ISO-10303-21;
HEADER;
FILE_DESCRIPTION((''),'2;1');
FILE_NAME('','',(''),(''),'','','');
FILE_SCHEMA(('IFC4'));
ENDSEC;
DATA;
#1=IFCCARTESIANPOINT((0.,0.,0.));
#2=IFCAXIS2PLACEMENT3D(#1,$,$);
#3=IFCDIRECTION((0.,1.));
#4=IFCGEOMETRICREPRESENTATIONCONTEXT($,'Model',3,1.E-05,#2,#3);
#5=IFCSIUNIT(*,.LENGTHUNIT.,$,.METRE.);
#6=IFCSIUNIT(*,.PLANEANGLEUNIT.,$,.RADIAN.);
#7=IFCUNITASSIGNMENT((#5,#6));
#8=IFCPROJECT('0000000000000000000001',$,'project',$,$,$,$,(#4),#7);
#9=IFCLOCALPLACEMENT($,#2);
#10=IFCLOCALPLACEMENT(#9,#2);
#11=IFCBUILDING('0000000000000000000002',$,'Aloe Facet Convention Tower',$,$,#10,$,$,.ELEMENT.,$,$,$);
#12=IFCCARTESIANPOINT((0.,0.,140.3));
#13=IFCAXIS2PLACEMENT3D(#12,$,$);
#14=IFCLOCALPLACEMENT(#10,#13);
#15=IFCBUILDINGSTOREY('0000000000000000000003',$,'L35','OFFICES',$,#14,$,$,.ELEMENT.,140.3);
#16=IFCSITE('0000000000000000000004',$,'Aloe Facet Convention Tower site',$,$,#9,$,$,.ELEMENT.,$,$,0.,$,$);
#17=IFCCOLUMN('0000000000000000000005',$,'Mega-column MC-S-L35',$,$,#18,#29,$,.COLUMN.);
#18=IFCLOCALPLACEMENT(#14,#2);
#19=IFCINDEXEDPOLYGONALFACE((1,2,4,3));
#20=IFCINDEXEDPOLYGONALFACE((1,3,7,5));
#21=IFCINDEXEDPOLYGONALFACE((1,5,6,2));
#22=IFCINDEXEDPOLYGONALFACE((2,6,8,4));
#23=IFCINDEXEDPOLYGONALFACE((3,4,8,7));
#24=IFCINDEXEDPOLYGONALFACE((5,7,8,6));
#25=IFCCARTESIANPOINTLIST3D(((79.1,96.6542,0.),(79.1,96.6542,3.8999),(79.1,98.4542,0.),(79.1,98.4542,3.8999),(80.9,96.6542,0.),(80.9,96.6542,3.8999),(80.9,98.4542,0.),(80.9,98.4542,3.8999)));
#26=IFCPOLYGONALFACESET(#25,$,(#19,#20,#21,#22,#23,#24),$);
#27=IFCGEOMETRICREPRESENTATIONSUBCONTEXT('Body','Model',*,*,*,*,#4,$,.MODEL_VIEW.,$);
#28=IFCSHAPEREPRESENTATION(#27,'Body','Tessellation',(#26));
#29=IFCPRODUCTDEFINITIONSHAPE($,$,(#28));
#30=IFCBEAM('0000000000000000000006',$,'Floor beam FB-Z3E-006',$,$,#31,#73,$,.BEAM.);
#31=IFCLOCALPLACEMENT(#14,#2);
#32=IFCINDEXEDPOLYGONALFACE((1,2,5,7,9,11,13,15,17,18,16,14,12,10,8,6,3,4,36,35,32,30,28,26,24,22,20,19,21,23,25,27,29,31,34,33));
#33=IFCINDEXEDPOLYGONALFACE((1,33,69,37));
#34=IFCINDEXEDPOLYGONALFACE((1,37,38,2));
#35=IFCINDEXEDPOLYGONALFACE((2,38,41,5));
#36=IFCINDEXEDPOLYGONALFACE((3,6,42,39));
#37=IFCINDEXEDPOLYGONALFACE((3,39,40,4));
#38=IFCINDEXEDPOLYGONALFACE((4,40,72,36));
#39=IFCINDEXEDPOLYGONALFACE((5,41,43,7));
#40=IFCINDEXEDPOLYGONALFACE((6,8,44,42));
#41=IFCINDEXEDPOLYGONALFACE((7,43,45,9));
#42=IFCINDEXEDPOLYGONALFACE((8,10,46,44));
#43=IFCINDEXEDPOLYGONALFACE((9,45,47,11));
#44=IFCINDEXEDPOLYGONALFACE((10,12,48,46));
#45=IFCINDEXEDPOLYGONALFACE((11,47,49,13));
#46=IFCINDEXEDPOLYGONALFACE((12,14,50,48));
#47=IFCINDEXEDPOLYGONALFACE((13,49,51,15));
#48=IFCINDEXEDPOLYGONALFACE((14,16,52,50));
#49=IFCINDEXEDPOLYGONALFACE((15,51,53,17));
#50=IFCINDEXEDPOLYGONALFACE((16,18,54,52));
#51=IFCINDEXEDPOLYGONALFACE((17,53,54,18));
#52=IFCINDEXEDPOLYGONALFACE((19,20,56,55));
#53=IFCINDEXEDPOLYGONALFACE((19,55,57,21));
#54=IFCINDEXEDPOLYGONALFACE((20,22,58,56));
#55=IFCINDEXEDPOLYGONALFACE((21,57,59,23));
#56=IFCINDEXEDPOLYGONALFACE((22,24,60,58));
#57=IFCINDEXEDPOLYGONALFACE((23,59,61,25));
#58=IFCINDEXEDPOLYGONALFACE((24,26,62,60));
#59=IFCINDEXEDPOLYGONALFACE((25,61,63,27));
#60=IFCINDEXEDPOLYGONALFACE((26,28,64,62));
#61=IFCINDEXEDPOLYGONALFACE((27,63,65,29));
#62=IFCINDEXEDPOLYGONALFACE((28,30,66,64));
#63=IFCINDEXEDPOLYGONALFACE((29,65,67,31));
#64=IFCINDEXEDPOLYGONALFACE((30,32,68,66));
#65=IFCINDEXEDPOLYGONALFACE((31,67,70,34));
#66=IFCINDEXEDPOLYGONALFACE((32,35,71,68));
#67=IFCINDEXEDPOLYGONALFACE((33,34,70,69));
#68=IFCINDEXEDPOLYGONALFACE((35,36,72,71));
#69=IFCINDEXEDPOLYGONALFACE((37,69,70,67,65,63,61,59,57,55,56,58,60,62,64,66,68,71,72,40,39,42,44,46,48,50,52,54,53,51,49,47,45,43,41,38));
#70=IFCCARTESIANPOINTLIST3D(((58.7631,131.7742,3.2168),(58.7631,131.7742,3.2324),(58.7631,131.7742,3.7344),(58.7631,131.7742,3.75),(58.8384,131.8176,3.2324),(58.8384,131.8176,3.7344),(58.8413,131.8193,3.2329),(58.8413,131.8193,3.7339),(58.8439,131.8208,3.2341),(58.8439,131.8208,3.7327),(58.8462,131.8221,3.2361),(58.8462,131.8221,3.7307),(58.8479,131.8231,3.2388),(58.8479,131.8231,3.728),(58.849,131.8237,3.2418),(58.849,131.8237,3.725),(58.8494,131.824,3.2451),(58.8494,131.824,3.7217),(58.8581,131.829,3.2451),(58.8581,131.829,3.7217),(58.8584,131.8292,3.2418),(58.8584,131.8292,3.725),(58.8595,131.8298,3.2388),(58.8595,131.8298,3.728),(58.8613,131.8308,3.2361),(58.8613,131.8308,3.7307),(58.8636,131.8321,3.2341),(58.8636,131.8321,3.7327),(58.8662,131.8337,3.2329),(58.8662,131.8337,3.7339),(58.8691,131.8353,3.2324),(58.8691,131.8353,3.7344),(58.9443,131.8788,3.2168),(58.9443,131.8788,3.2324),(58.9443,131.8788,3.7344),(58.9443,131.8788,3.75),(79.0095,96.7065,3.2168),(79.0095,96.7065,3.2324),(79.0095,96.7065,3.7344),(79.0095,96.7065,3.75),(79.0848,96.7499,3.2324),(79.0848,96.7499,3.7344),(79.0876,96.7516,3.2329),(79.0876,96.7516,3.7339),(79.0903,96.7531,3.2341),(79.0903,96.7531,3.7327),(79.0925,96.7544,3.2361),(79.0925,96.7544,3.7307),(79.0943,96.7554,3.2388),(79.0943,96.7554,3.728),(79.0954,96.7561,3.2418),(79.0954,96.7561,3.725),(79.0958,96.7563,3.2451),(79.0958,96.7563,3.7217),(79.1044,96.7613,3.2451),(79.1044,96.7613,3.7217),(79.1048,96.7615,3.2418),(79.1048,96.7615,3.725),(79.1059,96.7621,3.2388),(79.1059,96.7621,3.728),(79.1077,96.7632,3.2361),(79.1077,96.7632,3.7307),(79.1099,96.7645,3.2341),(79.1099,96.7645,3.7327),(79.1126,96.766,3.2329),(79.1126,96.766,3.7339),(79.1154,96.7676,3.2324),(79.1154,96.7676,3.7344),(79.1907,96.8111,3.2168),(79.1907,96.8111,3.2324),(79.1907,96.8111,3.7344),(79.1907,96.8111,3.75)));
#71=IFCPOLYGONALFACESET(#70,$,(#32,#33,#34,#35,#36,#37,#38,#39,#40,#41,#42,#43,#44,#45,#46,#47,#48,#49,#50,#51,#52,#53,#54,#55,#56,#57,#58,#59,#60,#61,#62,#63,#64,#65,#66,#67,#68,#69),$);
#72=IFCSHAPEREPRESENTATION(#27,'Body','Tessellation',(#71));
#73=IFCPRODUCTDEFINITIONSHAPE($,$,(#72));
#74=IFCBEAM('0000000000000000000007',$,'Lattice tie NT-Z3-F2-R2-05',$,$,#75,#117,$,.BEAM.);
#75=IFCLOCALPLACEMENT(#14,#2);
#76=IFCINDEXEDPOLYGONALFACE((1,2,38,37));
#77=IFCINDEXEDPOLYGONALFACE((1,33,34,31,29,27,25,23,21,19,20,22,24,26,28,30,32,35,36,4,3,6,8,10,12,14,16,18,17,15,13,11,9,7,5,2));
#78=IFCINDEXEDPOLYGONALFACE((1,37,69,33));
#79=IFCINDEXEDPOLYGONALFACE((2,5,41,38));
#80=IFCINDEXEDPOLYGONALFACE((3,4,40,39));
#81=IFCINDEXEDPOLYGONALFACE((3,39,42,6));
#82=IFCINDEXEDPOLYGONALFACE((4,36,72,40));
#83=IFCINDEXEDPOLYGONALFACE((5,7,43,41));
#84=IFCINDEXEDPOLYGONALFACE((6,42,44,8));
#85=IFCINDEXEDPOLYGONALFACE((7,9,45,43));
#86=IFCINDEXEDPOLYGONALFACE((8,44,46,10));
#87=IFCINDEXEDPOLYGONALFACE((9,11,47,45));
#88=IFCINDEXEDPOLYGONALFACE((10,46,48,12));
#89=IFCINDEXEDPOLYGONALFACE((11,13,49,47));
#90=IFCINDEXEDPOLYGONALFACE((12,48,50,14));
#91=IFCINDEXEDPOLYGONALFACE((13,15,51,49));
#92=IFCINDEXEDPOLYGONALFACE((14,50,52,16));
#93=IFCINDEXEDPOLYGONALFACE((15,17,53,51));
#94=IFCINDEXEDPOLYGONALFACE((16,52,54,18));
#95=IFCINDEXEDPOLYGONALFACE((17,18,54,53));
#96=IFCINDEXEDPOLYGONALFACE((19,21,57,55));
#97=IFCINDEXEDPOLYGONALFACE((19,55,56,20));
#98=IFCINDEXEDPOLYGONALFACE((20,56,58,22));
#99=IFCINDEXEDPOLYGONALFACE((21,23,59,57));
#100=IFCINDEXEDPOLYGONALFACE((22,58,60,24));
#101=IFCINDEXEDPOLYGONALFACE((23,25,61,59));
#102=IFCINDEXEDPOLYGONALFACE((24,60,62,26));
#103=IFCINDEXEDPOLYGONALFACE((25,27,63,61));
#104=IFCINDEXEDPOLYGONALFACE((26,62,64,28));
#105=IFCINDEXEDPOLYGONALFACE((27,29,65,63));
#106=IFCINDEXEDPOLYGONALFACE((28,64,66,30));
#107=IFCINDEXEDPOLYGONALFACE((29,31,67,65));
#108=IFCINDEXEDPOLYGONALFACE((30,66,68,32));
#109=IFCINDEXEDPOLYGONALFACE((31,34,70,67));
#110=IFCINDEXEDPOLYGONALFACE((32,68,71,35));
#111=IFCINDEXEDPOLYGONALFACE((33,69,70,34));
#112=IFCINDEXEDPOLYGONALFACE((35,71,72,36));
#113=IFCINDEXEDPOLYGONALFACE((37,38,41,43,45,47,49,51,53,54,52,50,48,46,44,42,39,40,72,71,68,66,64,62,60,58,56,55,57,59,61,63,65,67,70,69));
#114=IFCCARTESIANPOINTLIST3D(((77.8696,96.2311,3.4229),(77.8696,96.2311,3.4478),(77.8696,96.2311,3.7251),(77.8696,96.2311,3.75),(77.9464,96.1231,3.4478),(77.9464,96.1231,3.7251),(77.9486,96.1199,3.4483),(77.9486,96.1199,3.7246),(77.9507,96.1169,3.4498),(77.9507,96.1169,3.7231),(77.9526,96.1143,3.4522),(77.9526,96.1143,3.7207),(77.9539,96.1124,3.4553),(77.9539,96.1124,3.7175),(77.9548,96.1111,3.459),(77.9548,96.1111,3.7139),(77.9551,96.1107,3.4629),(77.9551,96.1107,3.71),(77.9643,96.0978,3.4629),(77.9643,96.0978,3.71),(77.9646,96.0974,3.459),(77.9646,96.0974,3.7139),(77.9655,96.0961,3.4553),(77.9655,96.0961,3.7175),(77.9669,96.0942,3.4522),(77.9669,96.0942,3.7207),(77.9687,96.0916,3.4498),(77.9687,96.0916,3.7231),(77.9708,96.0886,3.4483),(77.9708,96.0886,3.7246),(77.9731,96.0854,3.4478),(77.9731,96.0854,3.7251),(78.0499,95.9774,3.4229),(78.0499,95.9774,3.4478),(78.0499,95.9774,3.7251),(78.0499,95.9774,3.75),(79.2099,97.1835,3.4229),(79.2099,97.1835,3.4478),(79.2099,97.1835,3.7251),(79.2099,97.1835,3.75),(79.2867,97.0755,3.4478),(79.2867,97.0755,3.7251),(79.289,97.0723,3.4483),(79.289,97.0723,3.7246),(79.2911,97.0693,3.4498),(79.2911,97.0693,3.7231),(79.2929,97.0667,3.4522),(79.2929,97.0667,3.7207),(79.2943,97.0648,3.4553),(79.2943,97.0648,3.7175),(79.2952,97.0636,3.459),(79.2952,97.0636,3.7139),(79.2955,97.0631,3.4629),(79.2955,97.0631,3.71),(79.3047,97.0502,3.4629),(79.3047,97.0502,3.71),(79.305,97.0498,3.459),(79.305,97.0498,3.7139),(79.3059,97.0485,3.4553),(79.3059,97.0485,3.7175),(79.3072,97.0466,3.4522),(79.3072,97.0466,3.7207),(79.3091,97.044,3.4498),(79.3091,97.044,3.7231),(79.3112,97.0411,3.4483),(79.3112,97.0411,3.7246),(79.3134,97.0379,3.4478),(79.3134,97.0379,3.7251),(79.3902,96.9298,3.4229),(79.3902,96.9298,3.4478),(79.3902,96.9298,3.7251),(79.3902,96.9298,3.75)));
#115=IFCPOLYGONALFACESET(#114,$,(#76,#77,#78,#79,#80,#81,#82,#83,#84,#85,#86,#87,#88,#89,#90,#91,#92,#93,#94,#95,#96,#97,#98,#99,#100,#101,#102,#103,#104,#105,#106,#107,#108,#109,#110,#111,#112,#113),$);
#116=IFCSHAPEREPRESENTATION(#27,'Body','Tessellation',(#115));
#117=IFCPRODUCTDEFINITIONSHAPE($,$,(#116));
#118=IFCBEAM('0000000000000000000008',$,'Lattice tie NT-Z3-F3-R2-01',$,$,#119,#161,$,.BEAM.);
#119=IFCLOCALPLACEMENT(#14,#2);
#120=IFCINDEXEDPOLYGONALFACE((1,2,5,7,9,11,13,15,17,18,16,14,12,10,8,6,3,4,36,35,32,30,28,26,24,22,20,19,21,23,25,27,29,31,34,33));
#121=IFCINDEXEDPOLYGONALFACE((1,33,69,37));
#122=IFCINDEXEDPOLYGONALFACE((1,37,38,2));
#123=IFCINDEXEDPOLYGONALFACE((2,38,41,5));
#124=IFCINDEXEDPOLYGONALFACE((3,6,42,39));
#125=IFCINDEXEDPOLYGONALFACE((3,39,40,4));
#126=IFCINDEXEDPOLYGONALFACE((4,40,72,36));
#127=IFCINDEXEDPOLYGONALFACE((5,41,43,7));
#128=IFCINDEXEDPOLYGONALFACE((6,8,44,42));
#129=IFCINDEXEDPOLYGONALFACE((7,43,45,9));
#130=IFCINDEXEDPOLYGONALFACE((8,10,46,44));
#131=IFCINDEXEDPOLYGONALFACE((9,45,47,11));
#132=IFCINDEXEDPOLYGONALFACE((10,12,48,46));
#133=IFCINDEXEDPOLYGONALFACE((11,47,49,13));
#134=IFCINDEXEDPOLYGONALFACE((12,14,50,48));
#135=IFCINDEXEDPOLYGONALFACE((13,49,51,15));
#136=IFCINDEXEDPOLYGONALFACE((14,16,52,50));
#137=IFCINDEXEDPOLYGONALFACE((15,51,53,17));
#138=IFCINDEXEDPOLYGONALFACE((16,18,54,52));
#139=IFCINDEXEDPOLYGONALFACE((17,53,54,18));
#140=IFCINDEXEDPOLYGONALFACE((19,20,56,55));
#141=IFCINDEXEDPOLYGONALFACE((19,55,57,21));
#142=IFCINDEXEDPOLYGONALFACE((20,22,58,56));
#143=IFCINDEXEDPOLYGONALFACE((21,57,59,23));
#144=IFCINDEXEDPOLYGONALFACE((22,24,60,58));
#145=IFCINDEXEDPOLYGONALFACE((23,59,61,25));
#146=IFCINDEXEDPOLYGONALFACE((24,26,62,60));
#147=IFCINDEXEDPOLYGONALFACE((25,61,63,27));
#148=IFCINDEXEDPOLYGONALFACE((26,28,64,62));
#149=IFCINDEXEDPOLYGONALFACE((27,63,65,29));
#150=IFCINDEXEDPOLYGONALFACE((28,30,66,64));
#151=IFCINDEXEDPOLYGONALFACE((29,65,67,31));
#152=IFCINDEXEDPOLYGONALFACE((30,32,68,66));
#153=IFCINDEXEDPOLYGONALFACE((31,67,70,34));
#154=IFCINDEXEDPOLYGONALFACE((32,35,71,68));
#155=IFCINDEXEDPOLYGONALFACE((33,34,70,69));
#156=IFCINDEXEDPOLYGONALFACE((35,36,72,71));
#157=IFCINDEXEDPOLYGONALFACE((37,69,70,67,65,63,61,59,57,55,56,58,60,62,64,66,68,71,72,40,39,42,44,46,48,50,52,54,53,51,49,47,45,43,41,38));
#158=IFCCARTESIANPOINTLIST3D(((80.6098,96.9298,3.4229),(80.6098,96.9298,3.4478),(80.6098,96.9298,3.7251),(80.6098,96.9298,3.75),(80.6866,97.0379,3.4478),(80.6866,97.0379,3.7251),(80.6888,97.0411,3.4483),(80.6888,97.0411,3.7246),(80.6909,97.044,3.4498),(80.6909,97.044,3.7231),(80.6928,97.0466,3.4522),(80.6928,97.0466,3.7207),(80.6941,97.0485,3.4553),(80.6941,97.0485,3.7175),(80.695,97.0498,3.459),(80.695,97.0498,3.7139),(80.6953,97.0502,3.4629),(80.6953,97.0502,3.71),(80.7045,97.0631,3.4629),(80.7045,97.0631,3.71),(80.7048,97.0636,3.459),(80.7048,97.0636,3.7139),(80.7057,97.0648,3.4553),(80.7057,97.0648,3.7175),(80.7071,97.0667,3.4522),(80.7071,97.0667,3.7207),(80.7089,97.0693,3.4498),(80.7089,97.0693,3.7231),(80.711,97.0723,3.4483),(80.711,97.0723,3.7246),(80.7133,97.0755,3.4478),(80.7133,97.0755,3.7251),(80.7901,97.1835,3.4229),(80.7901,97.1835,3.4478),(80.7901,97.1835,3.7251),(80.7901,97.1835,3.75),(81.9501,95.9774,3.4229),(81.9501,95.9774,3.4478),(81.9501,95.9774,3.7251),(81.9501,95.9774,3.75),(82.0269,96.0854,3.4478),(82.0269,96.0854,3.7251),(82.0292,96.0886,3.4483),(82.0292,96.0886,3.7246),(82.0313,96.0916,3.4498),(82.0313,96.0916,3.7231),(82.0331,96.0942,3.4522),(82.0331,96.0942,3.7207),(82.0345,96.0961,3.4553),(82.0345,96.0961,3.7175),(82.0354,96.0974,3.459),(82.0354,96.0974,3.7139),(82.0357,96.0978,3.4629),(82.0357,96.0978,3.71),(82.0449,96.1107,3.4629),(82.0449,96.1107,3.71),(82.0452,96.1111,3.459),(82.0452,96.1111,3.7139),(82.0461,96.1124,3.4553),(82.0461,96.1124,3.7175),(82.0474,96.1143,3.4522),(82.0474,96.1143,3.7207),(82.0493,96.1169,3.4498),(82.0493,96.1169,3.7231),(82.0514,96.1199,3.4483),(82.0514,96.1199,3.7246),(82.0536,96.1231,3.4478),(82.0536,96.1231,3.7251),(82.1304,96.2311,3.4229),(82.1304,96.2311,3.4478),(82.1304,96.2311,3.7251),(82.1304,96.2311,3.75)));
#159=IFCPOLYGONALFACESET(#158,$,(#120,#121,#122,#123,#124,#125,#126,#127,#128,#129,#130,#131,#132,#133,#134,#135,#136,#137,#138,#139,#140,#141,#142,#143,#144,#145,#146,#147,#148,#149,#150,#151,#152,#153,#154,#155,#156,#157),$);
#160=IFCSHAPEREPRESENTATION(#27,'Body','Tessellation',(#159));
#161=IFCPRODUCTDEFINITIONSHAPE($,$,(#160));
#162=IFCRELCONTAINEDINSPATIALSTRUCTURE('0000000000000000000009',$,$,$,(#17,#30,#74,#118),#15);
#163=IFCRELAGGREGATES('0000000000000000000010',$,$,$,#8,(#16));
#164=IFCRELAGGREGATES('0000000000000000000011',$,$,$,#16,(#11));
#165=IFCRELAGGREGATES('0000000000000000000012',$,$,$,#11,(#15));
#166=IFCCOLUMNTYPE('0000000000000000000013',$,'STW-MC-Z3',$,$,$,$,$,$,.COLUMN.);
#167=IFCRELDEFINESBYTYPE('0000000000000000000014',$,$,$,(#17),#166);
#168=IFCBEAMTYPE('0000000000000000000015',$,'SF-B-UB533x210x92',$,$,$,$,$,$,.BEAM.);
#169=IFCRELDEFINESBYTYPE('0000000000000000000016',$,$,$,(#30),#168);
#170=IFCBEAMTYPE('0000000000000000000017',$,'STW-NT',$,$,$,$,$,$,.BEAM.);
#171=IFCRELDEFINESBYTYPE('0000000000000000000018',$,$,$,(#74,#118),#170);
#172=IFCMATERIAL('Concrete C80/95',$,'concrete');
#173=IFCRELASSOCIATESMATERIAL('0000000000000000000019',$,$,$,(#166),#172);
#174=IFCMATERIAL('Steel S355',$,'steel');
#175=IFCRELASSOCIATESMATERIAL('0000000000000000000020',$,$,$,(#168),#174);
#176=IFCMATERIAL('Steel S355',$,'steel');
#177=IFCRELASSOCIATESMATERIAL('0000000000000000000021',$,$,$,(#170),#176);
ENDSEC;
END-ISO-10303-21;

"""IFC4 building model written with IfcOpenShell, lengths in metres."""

from ifc_helpers import new_model, si_unit, direction, frame, origin, origin_2d, place, context, subcontext, project, spatial, rectangle, i_section, extrude, material, material_profile, profile_set, type_object, element, save


model = new_model("IFC4")

# Units and contexts
model_context = context("Model", 3, precision=1e-05, world=origin(), true_north=direction((0.0, 1.0)))
body_context = subcontext(model_context, "Body", "Model", "MODEL_VIEW")
ifc_project = project(units=[si_unit("LENGTHUNIT", "METRE"), si_unit("PLANEANGLEUNIT", "RADIAN")], contexts=[model_context])

# Site, building, storey
site_placement = place(None, origin())
site = spatial("IfcSite", under=ifc_project, at=site_placement, Name="Aloe Facet Convention Tower site", CompositionType="ELEMENT", RefElevation=0.0)
building_placement = place(site_placement, origin())
building = spatial("IfcBuilding", under=site, at=building_placement, Name="Aloe Facet Convention Tower", CompositionType="ELEMENT")
storey_placement = place(building_placement, frame((0.0, 0.0, 140.3)))
storey = spatial("IfcBuildingStorey", under=building, at=storey_placement, Name="L35", Description="OFFICES", CompositionType="ELEMENT", Elevation=140.3)

# Column
ifc_material_1 = material(Name="Concrete C80/95", Category="concrete")
ifc_material_profile_1 = material_profile(ifc_material_1, rectangle(XDim=1.8, YDim=1.8, at=origin_2d()), Name="STW-MC-Z3")
ifc_profile_set_1 = profile_set([ifc_material_profile_1], Name="Concrete C80/95")
column_type = type_object("IfcColumnType", Name="STW-MC-Z3", PredefinedType="COLUMN", material=ifc_profile_set_1)
column_placement = place(storey_placement, frame((80.0, 97.5542, 0.0), z_axis=(0.0, 0.0, 1.0), x_axis=(1.0, 0.0, 0.0)))
element("IfcColumn", 1, at=column_placement, inside=storey, type_object=column_type, Name="Mega-column MC-S-L35", PredefinedType="COLUMN", context=body_context, shape_type="SweptSolid", body=[
    extrude(rectangle(XDim=1.8, YDim=1.8, at=origin_2d()), origin(), (0.0, 0.0, 1.0), 3.8999),
])

# Beams
ifc_material_2 = material(Name="Steel S355", Category="steel")
ifc_material_profile_2 = material_profile(ifc_material_2, i_section(OverallWidth=0.2092, OverallDepth=0.5332, WebThickness=0.01, FlangeThickness=0.0156, FilletRadius=0.0127, at=origin_2d()), Name="UB 533x210x92")
ifc_profile_set_2 = profile_set([ifc_material_profile_2], Name="Steel S355")
beam_type_1 = type_object("IfcBeamType", Name="SF-B-UB533x210x92", PredefinedType="BEAM", material=ifc_profile_set_2)
beam_placement = place(storey_placement, frame((79.1001, 96.7588, 3.4834), z_axis=(-0.500001, 0.866025, 0.0), x_axis=(-0.866025, -0.500001, 0.0)))
element("IfcBeam", 2, at=beam_placement, inside=storey, type_object=beam_type_1, Name="Floor beam FB-Z3E-006", PredefinedType="BEAM", context=body_context, shape_type="SweptSolid", body=[
    extrude(i_section(OverallWidth=0.2092, OverallDepth=0.5332, WebThickness=0.01, FlangeThickness=0.0156, FilletRadius=0.0127, at=origin_2d()), origin(), (0.0, 0.0, 1.0), 40.4927),
])
ifc_material_3 = material(Name="Steel S355", Category="steel")
ifc_material_profile_3 = material_profile(ifc_material_3, i_section(OverallWidth=0.3113, OverallDepth=0.3271, WebThickness=0.0159, FlangeThickness=0.0249, FilletRadius=0.0151, at=origin_2d()), Name="UC 305x305x158")
ifc_profile_set_3 = profile_set([ifc_material_profile_3], Name="Steel S355")
beam_type_2 = type_object("IfcBeamType", Name="STW-NT", PredefinedType="BEAM", material=ifc_profile_set_3)
for number, where, z_axis, x_axis, name in (
    (3, (77.9597, 96.1042, 3.5864), (0.815166, 0.579228, 0.0), (-0.579228, 0.815166, 0.0), "Lattice tie NT-Z3-F2-R2-05"),
    (4, (82.0403, 96.1042, 3.5864), (-0.815166, 0.579228, 0.0), (-0.579228, -0.815166, 0.0), "Lattice tie NT-Z3-F3-R2-01"),
):
    element("IfcBeam", number, at=place(storey_placement, frame(where, z_axis=z_axis, x_axis=x_axis)), inside=storey, type_object=beam_type_2, Name=name, PredefinedType="BEAM", context=body_context, shape_type="SweptSolid", body=[
        extrude(i_section(OverallWidth=0.3113, OverallDepth=0.3271, WebThickness=0.0159, FlangeThickness=0.0249, FilletRadius=0.0151, at=origin_2d()), origin(), (0.0, 0.0, 1.0), 1.6443),
    ])

save(model, "model.ifc")
